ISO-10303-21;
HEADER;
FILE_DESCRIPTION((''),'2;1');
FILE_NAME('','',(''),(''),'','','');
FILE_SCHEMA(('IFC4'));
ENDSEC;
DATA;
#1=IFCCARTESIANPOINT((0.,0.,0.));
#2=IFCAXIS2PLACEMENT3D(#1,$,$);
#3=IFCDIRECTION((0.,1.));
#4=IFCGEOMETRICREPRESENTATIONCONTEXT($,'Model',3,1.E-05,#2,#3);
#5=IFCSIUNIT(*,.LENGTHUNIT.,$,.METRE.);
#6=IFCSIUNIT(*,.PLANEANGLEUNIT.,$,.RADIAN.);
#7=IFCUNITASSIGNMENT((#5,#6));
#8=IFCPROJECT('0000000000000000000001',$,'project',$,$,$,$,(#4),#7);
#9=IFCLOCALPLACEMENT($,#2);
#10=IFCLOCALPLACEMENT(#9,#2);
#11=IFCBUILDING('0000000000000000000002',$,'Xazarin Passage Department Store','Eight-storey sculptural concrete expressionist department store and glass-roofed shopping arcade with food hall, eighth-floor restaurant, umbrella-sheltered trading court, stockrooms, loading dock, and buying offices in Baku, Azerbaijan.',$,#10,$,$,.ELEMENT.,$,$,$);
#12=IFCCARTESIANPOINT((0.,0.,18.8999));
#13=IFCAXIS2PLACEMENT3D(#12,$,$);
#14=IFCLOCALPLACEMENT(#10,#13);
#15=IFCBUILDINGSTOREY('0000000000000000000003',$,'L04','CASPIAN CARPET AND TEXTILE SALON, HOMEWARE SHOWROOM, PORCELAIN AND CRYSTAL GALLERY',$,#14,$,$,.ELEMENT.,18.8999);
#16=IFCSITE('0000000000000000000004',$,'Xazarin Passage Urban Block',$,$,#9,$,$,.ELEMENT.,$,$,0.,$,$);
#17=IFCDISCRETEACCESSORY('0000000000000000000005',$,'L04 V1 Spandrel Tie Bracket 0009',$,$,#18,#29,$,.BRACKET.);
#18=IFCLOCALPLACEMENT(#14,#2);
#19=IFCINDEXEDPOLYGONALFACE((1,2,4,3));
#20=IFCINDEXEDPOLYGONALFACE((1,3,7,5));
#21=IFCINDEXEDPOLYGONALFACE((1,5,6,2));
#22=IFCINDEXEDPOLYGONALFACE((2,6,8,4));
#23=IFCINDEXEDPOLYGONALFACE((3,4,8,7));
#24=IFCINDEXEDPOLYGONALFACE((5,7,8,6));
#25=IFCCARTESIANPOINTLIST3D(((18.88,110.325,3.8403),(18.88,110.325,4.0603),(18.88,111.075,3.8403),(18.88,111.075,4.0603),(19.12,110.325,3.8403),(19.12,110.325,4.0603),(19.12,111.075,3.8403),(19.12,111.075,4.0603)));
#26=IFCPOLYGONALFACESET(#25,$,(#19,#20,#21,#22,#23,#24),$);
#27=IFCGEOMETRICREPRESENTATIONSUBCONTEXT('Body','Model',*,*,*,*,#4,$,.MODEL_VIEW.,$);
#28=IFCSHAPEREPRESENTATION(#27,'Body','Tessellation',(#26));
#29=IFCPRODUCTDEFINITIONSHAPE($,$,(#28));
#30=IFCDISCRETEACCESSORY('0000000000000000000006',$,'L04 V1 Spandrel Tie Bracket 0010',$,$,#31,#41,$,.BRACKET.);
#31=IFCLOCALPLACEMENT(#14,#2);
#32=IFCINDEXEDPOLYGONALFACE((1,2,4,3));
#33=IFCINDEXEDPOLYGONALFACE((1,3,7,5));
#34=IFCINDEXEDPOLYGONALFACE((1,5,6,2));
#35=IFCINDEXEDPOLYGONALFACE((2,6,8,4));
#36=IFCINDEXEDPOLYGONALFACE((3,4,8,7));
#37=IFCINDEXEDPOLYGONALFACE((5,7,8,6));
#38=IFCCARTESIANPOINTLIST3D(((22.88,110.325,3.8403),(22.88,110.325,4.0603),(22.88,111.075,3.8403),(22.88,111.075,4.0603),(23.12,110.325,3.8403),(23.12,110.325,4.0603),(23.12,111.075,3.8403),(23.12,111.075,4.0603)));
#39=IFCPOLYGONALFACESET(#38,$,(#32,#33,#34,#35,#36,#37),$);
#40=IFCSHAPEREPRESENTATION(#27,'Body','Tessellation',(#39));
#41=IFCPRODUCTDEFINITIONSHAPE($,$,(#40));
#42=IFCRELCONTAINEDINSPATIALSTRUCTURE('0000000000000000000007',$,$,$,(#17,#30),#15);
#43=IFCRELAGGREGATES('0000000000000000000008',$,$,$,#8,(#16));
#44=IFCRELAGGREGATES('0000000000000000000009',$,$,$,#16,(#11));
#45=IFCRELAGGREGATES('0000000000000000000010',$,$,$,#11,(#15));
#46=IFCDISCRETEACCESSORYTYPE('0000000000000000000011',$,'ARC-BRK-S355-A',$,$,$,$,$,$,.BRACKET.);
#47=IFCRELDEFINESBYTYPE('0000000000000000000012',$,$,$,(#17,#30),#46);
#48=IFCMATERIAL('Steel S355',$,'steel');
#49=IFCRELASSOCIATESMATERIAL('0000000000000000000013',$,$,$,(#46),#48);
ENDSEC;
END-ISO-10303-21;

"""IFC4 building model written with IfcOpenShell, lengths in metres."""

from ifc_helpers import new_model, si_unit, direction, frame, origin, origin_2d, place, context, subcontext, project, spatial, rectangle, extrude, material, type_object, element, save


model = new_model("IFC4")

# Units and contexts
model_context = context("Model", 3, precision=1e-05, world=origin(), true_north=direction((0.0, 1.0)))
body_context = subcontext(model_context, "Body", "Model", "MODEL_VIEW")
ifc_project = project(units=[si_unit("LENGTHUNIT", "METRE"), si_unit("PLANEANGLEUNIT", "RADIAN")], contexts=[model_context])

# Site, building, storey
site_placement = place(None, origin())
site = spatial("IfcSite", under=ifc_project, at=site_placement, Name="Xazarin Passage Urban Block", CompositionType="ELEMENT", RefElevation=0.0)
building_placement = place(site_placement, origin())
building = spatial("IfcBuilding", under=site, at=building_placement, Name="Xazarin Passage Department Store", Description="Eight-storey sculptural concrete expressionist department store and glass-roofed shopping arcade with food hall, eighth-floor restaurant, umbrella-sheltered trading court, stockrooms, loading dock, and buying offices in Baku, Azerbaijan.", CompositionType="ELEMENT")
storey_placement = place(building_placement, frame((0.0, 0.0, 18.8999)))
storey = spatial("IfcBuildingStorey", under=building, at=storey_placement, Name="L04", Description="CASPIAN CARPET AND TEXTILE SALON, HOMEWARE SHOWROOM, PORCELAIN AND CRYSTAL GALLERY", CompositionType="ELEMENT", Elevation=18.8999)

# Discrete accessories
ifc_material_1 = material(Name="Steel S355", Category="steel")
discrete_accessory_type = type_object("IfcDiscreteAccessoryType", Name="ARC-BRK-S355-A", PredefinedType="BRACKET", material=ifc_material_1)
for number, where, z_axis, x_axis, name in (
    (1, (19.0, 110.7, 3.8403), (0.0, 0.0, 1.0), (1.0, 0.0, 0.0), "L04 V1 Spandrel Tie Bracket 0009"),
    (2, (23.0, 110.7, 3.8403), (0.0, 0.0, 1.0), (1.0, 0.0, 0.0), "L04 V1 Spandrel Tie Bracket 0010"),
):
    element("IfcDiscreteAccessory", number, at=place(storey_placement, frame(where, z_axis=z_axis, x_axis=x_axis)), inside=storey, type_object=discrete_accessory_type, Name=name, PredefinedType="BRACKET", context=body_context, shape_type="SweptSolid", body=[
        extrude(rectangle(XDim=0.24, YDim=0.75, at=origin_2d()), origin(), (0.0, 0.0, 1.0), 0.22),
    ])

save(model, "model.ifc")
